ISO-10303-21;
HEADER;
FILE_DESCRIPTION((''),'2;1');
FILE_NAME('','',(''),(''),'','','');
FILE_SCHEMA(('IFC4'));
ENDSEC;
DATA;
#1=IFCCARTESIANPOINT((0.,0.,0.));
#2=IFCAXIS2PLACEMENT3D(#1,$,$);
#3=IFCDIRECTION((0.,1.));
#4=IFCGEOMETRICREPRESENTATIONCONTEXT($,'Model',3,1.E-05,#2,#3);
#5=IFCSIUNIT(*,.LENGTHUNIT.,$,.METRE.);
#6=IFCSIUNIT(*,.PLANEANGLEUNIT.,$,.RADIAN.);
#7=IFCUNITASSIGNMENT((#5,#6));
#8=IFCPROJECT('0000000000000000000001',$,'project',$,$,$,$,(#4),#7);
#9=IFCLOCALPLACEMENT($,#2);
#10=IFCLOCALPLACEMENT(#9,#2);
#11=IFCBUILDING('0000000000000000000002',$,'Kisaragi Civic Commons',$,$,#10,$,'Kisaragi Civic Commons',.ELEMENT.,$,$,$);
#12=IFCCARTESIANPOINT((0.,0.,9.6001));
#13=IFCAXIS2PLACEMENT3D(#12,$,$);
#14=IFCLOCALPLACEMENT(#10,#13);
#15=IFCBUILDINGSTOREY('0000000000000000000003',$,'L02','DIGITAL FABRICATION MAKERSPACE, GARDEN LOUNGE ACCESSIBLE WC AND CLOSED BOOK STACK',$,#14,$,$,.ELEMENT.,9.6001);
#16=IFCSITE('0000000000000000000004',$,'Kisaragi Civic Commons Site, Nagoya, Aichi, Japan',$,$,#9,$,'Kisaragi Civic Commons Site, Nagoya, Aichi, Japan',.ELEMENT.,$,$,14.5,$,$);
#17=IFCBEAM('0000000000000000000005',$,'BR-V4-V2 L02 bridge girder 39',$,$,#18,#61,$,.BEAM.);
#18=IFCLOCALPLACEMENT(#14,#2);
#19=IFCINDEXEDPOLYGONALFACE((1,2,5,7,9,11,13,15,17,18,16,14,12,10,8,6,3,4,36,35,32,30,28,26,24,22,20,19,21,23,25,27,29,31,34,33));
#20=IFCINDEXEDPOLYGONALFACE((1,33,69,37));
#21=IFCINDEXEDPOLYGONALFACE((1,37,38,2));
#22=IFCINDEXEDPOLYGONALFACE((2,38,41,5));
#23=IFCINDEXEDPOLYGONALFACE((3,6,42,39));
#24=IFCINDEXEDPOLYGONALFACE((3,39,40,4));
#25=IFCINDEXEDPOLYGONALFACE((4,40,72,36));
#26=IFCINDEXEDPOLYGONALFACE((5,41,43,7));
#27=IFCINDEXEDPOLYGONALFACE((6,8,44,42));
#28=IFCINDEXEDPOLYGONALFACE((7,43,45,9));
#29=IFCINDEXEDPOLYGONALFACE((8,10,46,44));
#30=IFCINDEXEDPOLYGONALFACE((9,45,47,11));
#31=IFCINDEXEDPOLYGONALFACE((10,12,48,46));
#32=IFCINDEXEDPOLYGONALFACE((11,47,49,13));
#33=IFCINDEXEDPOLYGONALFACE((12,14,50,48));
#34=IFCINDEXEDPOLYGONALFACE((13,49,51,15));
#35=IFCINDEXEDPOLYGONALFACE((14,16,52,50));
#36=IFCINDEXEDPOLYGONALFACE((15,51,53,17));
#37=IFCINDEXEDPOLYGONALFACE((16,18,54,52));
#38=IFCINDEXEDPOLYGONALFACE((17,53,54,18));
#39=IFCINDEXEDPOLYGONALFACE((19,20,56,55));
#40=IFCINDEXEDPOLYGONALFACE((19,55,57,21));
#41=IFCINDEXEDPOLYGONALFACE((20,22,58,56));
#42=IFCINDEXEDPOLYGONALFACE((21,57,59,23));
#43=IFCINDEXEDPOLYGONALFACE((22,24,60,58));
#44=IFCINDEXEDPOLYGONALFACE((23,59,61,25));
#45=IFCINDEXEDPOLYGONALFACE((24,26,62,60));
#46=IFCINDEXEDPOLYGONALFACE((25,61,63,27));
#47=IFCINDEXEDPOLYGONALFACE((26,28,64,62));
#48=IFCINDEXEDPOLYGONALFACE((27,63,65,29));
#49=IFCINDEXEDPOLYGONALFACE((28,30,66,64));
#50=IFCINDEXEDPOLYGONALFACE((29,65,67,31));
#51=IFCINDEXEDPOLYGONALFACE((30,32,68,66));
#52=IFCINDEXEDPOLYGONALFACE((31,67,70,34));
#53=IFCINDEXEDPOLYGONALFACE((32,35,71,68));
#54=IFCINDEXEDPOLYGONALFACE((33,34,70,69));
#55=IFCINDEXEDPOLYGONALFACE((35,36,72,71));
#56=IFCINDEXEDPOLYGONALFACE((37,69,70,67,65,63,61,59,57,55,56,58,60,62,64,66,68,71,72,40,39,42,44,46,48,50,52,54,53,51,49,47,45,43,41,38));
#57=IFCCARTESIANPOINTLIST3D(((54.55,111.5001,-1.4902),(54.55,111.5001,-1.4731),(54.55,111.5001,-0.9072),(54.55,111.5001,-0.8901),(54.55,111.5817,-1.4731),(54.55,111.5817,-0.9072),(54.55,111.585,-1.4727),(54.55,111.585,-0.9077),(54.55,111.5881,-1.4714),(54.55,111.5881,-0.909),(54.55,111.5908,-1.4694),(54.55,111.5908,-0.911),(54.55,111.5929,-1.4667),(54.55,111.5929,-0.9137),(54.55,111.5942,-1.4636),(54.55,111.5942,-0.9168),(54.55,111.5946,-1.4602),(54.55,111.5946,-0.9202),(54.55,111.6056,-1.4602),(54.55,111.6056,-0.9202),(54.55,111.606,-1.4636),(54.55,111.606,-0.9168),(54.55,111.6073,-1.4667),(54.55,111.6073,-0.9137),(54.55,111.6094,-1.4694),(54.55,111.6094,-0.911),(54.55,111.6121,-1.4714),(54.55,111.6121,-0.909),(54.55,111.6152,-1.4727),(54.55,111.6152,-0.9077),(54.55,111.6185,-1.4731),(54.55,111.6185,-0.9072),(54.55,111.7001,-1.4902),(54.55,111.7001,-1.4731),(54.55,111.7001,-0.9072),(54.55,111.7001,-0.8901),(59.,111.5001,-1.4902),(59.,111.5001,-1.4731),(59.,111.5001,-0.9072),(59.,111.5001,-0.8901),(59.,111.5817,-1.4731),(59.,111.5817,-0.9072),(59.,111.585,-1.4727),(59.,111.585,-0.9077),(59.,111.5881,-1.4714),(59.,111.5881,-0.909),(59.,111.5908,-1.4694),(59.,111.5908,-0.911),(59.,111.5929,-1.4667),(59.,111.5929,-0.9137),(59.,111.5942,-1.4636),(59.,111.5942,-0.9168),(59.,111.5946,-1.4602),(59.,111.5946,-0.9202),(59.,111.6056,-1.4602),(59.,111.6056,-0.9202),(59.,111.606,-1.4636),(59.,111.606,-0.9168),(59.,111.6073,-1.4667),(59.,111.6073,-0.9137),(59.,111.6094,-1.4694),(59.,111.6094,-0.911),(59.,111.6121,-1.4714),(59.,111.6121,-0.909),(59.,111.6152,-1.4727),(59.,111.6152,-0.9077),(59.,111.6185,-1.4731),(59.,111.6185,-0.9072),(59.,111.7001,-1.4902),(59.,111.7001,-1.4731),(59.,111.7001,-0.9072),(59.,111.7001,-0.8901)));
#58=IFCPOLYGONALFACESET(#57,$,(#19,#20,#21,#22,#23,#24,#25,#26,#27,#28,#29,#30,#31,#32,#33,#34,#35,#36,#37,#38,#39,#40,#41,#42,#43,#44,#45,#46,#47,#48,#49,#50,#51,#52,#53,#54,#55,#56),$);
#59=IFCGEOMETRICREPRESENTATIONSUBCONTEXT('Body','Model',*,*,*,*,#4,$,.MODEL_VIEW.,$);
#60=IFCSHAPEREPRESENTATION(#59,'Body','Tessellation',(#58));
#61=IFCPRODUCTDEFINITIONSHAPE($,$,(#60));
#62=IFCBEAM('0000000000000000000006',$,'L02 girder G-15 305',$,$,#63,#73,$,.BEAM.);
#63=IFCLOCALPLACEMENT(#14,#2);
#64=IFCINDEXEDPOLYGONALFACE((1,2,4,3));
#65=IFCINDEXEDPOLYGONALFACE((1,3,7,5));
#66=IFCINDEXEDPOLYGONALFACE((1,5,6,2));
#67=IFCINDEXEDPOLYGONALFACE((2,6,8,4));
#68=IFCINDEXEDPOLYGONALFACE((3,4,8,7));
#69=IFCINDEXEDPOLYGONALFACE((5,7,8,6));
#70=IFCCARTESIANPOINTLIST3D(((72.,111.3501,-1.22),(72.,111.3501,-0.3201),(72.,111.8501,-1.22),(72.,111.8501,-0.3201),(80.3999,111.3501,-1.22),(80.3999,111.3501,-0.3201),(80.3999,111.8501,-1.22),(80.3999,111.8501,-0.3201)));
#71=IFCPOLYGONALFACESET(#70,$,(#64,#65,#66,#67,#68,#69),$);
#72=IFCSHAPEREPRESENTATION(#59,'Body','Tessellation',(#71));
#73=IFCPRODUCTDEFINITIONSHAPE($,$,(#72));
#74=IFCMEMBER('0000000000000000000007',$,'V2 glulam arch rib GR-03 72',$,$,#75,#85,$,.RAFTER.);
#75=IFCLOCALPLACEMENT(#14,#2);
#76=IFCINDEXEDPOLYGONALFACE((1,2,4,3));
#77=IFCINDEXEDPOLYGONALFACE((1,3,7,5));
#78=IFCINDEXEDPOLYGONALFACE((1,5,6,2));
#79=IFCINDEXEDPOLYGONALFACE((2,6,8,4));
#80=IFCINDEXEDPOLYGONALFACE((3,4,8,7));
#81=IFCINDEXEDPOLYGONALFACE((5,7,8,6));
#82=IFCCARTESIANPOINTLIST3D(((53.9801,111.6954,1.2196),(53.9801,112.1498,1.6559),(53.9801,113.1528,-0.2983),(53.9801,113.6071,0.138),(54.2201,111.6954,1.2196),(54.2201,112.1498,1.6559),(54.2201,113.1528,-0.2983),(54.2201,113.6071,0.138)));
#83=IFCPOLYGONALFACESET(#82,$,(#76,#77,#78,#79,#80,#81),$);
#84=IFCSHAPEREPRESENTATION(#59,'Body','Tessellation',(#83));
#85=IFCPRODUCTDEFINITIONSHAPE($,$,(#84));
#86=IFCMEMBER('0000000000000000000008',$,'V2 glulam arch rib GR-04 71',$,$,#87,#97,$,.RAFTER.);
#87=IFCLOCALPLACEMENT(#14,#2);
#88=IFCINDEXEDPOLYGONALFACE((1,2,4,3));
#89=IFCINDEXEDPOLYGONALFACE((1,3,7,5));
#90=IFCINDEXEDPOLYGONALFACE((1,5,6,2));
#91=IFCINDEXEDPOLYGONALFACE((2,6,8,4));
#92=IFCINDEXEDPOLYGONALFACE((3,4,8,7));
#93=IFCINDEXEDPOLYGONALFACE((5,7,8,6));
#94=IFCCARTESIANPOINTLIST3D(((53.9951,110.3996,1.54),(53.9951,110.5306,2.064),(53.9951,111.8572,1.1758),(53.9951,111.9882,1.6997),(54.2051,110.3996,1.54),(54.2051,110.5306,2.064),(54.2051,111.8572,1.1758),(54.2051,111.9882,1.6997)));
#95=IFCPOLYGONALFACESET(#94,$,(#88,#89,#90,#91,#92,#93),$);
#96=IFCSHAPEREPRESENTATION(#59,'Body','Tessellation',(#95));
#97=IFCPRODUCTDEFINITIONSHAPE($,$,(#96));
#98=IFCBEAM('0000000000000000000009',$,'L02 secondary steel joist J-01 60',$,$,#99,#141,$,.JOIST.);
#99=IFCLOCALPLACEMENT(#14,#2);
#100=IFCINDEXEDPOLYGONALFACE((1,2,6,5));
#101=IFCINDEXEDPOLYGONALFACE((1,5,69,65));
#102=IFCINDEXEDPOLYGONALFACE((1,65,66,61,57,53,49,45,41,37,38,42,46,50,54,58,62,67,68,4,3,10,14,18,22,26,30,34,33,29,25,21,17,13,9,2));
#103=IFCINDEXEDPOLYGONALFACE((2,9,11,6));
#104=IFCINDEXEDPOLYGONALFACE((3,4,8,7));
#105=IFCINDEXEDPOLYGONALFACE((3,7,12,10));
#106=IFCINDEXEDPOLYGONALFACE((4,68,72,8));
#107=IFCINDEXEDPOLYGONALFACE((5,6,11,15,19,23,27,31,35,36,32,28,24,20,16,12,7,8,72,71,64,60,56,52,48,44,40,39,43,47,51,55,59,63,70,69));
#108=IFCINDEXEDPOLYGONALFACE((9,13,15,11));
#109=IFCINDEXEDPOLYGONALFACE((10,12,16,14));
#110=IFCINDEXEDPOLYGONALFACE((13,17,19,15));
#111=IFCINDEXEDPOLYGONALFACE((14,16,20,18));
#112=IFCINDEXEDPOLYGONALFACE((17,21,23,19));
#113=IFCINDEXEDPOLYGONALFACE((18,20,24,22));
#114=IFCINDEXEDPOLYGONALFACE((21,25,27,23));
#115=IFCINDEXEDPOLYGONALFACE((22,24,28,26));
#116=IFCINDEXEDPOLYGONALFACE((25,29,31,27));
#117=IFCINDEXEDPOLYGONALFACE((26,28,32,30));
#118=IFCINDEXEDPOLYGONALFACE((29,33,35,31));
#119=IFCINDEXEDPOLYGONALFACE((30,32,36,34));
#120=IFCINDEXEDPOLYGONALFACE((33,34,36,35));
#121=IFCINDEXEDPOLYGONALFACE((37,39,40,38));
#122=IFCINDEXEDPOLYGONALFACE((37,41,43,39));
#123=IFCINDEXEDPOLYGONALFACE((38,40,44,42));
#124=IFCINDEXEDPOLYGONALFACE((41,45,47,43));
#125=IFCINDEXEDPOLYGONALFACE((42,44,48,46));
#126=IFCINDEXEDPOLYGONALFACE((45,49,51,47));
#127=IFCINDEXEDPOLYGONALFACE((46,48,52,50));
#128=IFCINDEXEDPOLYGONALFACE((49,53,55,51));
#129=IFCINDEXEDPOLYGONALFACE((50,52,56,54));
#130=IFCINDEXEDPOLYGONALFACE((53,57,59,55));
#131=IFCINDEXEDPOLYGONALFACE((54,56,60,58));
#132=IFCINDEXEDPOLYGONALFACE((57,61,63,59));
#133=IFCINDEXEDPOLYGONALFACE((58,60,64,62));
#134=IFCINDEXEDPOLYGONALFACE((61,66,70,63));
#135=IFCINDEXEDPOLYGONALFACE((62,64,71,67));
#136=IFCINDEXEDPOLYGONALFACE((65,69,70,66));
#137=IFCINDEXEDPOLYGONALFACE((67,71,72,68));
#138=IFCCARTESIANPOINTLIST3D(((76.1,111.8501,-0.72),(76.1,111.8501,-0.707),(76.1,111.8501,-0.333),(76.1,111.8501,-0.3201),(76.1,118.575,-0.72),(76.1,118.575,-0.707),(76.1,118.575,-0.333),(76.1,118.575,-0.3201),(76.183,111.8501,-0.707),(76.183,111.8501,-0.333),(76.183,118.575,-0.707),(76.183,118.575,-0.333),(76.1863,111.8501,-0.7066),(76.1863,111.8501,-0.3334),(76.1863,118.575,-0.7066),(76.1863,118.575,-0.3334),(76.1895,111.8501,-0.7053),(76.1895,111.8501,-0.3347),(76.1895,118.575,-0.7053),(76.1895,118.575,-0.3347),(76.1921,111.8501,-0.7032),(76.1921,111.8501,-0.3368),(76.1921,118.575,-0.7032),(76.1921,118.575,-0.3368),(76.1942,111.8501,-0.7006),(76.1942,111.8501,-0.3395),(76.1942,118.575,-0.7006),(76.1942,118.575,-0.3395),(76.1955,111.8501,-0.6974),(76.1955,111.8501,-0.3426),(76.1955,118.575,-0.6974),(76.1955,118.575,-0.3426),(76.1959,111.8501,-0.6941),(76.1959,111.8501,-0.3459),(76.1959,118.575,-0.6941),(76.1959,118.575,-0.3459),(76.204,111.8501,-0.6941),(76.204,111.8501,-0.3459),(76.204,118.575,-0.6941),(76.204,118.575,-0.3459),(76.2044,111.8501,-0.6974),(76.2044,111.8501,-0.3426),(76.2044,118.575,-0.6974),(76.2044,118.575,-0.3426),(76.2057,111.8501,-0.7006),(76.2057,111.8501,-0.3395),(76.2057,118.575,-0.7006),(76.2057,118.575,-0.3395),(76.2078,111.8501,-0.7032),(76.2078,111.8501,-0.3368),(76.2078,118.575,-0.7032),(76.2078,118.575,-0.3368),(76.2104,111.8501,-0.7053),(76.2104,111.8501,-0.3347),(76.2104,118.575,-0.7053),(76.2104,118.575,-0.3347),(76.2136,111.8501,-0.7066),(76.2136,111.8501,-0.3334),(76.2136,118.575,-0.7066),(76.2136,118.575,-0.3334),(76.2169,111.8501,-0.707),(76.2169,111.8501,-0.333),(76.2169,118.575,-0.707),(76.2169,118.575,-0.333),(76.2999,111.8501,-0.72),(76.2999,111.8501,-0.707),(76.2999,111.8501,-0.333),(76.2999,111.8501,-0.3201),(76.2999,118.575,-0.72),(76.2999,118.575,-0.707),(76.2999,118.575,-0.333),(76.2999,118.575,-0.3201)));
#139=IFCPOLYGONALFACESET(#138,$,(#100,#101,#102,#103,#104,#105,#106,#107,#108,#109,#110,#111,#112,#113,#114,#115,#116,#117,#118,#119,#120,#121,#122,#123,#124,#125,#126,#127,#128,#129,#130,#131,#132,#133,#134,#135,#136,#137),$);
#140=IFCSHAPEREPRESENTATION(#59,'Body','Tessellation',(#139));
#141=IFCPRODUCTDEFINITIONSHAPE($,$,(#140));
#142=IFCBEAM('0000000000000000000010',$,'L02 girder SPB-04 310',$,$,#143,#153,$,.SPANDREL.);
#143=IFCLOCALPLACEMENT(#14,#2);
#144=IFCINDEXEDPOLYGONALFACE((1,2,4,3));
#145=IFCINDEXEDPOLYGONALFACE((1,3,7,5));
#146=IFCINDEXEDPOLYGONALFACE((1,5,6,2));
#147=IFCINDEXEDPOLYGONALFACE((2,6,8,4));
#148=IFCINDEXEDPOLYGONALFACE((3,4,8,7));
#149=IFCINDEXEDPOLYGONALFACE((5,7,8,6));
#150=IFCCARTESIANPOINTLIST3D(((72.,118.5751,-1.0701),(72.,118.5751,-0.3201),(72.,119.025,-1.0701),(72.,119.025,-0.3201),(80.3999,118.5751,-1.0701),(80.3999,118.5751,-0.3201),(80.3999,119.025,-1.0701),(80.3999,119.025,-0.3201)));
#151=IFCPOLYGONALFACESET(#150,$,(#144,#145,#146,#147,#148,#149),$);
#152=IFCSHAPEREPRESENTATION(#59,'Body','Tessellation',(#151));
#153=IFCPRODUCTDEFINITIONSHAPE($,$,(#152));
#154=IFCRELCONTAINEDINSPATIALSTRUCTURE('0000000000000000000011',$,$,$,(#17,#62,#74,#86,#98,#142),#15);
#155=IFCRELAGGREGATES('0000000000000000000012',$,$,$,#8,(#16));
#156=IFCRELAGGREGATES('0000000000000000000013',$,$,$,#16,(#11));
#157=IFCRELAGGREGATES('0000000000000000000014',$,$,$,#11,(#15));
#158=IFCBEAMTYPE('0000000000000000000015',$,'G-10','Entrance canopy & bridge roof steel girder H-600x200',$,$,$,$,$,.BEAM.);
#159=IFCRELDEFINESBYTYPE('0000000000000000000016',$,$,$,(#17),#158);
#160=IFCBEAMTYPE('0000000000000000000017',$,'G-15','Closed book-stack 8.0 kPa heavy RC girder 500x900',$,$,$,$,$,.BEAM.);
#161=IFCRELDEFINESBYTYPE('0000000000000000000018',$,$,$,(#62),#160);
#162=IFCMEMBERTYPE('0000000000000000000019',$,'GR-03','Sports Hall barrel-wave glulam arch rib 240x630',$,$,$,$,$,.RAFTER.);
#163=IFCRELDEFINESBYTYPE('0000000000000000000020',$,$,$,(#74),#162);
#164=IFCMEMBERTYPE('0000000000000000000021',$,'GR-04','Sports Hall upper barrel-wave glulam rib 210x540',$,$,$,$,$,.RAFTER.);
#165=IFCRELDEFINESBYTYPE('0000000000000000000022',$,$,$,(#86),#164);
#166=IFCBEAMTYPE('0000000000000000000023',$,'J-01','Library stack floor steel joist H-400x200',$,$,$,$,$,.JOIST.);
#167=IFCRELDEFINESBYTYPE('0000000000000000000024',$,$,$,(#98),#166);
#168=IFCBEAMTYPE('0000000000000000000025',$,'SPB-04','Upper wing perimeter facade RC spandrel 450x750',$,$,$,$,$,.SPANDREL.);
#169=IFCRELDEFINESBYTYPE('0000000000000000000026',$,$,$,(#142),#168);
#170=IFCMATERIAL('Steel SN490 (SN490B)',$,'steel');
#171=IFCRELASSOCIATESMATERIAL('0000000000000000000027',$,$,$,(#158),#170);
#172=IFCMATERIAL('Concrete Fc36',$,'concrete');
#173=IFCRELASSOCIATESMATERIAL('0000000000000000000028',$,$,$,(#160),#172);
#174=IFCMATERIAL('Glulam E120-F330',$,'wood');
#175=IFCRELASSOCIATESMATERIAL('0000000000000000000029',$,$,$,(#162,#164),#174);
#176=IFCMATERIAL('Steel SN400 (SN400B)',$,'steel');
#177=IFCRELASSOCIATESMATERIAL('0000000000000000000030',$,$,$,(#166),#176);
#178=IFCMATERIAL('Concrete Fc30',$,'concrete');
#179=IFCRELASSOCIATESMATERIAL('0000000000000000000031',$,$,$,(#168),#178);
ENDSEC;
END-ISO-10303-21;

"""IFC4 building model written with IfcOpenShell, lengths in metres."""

from ifc_helpers import new_model, si_unit, direction, frame, origin, origin_2d, place, context, subcontext, project, spatial, rectangle, i_section, extrude, material, material_profile, profile_set, type_object, element, save


model = new_model("IFC4")

# Units and contexts
model_context = context("Model", 3, precision=1e-05, world=origin(), true_north=direction((0.0, 1.0)))
body_context = subcontext(model_context, "Body", "Model", "MODEL_VIEW")
ifc_project = project(units=[si_unit("LENGTHUNIT", "METRE"), si_unit("PLANEANGLEUNIT", "RADIAN")], contexts=[model_context])

# Site, building, storey
site_placement = place(None, origin())
site = spatial("IfcSite", under=ifc_project, at=site_placement, Name="Kisaragi Civic Commons Site, Nagoya, Aichi, Japan", LongName="Kisaragi Civic Commons Site, Nagoya, Aichi, Japan", CompositionType="ELEMENT", RefElevation=14.5)
building_placement = place(site_placement, origin())
building = spatial("IfcBuilding", under=site, at=building_placement, Name="Kisaragi Civic Commons", LongName="Kisaragi Civic Commons", CompositionType="ELEMENT")
storey_placement = place(building_placement, frame((0.0, 0.0, 9.6001)))
storey = spatial("IfcBuildingStorey", under=building, at=storey_placement, Name="L02", Description="DIGITAL FABRICATION MAKERSPACE, GARDEN LOUNGE ACCESSIBLE WC AND CLOSED BOOK STACK", CompositionType="ELEMENT", Elevation=9.6001)

# Beams
ifc_material_1 = material(Name="Concrete Fc36", Category="concrete")
ifc_material_2 = material(Name="Steel SN490 (SN490B)", Category="steel")
ifc_material_profile_1 = material_profile(ifc_material_2, i_section(OverallWidth=0.2, OverallDepth=0.6001, WebThickness=0.011, FlangeThickness=0.0171, FilletRadius=0.0129, at=origin_2d()), Name="H-600x200x11x17", Category="steel")
ifc_profile_set_1 = profile_set([ifc_material_profile_1], Name="Steel SN490 (SN490B)")
beam_type_1 = type_object("IfcBeamType", Name="G-10", Description="Entrance canopy & bridge roof steel girder H-600x200", PredefinedType="BEAM", material=ifc_profile_set_1)
beam_1_placement = place(storey_placement, frame((59.0, 111.6001, -1.1902), z_axis=(-1.0, 0.0, 0.0), x_axis=(0.0, -1.0, 0.0)))
element("IfcBeam", 1, at=beam_1_placement, inside=storey, type_object=beam_type_1, Name="BR-V4-V2 L02 bridge girder 39", PredefinedType="BEAM", context=body_context, shape_type="SweptSolid", body=[
    extrude(i_section(OverallWidth=0.2, OverallDepth=0.6001, WebThickness=0.011, FlangeThickness=0.0171, FilletRadius=0.0129, at=origin_2d()), origin(), (0.0, 0.0, 1.0), 4.45),
])
ifc_material_profile_2 = material_profile(ifc_material_1, rectangle(XDim=0.5, YDim=0.8999, at=origin_2d()), Name="RC-500x900", Category="concrete")
ifc_profile_set_2 = profile_set([ifc_material_profile_2], Name="Concrete Fc36")
beam_type_2 = type_object("IfcBeamType", Name="G-15", Description="Closed book-stack 8.0 kPa heavy RC girder 500x900", PredefinedType="BEAM", material=ifc_profile_set_2)
beam_2_placement = place(storey_placement, frame((72.0, 111.6001, -0.77), z_axis=(1.0, 0.0, 0.0), x_axis=(0.0, 1.0, 0.0)))
element("IfcBeam", 2, at=beam_2_placement, inside=storey, type_object=beam_type_2, Name="L02 girder G-15 305", PredefinedType="BEAM", context=body_context, shape_type="SweptSolid", body=[
    extrude(rectangle(XDim=0.5, YDim=0.8999, at=origin_2d()), origin(), (0.0, 0.0, 1.0), 8.3999),
])

# Members
ifc_material_3 = material(Name="Glulam E120-F330", Category="wood")
ifc_material_profile_3 = material_profile(ifc_material_3, rectangle(XDim=0.24, YDim=0.6299, at=origin_2d()), Name="GL-240x630", Category="wood")
ifc_profile_set_3 = profile_set([ifc_material_profile_3], Name="Glulam E120-F330")
member_type_1 = type_object("IfcMemberType", Name="GR-03", Description="Sports Hall barrel-wave glulam arch rib 240x630", PredefinedType="RAFTER", material=ifc_profile_set_3)
member_1_placement = place(storey_placement, frame((54.1001, 111.9226, 1.4377), z_axis=(0.0, 0.692573, -0.721348), x_axis=(-1.0, 0.0, 0.0)))
element("IfcMember", 3, at=member_1_placement, inside=storey, type_object=member_type_1, Name="V2 glulam arch rib GR-03 72", PredefinedType="RAFTER", context=body_context, shape_type="SweptSolid", body=[
    extrude(rectangle(XDim=0.24, YDim=0.6299, at=origin_2d()), origin(), (0.0, 0.0, 1.0), 2.1042),
])
ifc_material_profile_4 = material_profile(ifc_material_3, rectangle(XDim=0.21, YDim=0.54, at=origin_2d()), Name="GL-210x540", Category="wood")
ifc_profile_set_4 = profile_set([ifc_material_profile_4], Name="Glulam E120-F330")
member_type_2 = type_object("IfcMemberType", Name="GR-04", Description="Sports Hall upper barrel-wave glulam rib 210x540", PredefinedType="RAFTER", material=ifc_profile_set_4)
member_2_placement = place(storey_placement, frame((54.1001, 110.4651, 1.802), z_axis=(0.0, 0.970162, -0.242459), x_axis=(-1.0, 0.0, 0.0)))
element("IfcMember", 4, at=member_2_placement, inside=storey, type_object=member_type_2, Name="V2 glulam arch rib GR-04 71", PredefinedType="RAFTER", context=body_context, shape_type="SweptSolid", body=[
    extrude(rectangle(XDim=0.21, YDim=0.54, at=origin_2d()), origin(), (0.0, 0.0, 1.0), 1.5024),
])

# Beams
ifc_material_4 = material(Name="Steel SN400 (SN400B)", Category="steel")
ifc_material_profile_5 = material_profile(ifc_material_4, i_section(OverallWidth=0.2, OverallDepth=0.3999, WebThickness=0.0081, FlangeThickness=0.0129, FilletRadius=0.0129, at=origin_2d()), Name="H-400x200x8x13", Category="steel")
ifc_profile_set_5 = profile_set([ifc_material_profile_5], Name="Steel SN400 (SN400B)")
beam_type_3 = type_object("IfcBeamType", Name="J-01", Description="Library stack floor steel joist H-400x200", PredefinedType="JOIST", material=ifc_profile_set_5)
beam_3_placement = place(storey_placement, frame((76.2, 111.8501, -0.52), z_axis=(0.0, 1.0, 0.0), x_axis=(-1.0, 0.0, 0.0)))
element("IfcBeam", 5, at=beam_3_placement, inside=storey, type_object=beam_type_3, Name="L02 secondary steel joist J-01 60", PredefinedType="JOIST", context=body_context, shape_type="SweptSolid", body=[
    extrude(i_section(OverallWidth=0.2, OverallDepth=0.3999, WebThickness=0.0081, FlangeThickness=0.0129, FilletRadius=0.0129, at=origin_2d()), origin(), (0.0, 0.0, 1.0), 6.7249),
])
ifc_material_5 = material(Name="Concrete Fc30", Category="concrete")
ifc_material_profile_6 = material_profile(ifc_material_5, rectangle(XDim=0.45, YDim=0.75, at=origin_2d()), Name="RC-450x750", Category="concrete")
ifc_profile_set_6 = profile_set([ifc_material_profile_6], Name="Concrete Fc30")
beam_type_4 = type_object("IfcBeamType", Name="SPB-04", Description="Upper wing perimeter facade RC spandrel 450x750", PredefinedType="SPANDREL", material=ifc_profile_set_6)
beam_4_placement = place(storey_placement, frame((72.0, 118.8, -0.6951), z_axis=(1.0, 0.0, 0.0), x_axis=(0.0, 1.0, 0.0)))
element("IfcBeam", 6, at=beam_4_placement, inside=storey, type_object=beam_type_4, Name="L02 girder SPB-04 310", PredefinedType="SPANDREL", context=body_context, shape_type="SweptSolid", body=[
    extrude(rectangle(XDim=0.45, YDim=0.75, at=origin_2d()), origin(), (0.0, 0.0, 1.0), 8.3999),
])

save(model, "model.ifc")
